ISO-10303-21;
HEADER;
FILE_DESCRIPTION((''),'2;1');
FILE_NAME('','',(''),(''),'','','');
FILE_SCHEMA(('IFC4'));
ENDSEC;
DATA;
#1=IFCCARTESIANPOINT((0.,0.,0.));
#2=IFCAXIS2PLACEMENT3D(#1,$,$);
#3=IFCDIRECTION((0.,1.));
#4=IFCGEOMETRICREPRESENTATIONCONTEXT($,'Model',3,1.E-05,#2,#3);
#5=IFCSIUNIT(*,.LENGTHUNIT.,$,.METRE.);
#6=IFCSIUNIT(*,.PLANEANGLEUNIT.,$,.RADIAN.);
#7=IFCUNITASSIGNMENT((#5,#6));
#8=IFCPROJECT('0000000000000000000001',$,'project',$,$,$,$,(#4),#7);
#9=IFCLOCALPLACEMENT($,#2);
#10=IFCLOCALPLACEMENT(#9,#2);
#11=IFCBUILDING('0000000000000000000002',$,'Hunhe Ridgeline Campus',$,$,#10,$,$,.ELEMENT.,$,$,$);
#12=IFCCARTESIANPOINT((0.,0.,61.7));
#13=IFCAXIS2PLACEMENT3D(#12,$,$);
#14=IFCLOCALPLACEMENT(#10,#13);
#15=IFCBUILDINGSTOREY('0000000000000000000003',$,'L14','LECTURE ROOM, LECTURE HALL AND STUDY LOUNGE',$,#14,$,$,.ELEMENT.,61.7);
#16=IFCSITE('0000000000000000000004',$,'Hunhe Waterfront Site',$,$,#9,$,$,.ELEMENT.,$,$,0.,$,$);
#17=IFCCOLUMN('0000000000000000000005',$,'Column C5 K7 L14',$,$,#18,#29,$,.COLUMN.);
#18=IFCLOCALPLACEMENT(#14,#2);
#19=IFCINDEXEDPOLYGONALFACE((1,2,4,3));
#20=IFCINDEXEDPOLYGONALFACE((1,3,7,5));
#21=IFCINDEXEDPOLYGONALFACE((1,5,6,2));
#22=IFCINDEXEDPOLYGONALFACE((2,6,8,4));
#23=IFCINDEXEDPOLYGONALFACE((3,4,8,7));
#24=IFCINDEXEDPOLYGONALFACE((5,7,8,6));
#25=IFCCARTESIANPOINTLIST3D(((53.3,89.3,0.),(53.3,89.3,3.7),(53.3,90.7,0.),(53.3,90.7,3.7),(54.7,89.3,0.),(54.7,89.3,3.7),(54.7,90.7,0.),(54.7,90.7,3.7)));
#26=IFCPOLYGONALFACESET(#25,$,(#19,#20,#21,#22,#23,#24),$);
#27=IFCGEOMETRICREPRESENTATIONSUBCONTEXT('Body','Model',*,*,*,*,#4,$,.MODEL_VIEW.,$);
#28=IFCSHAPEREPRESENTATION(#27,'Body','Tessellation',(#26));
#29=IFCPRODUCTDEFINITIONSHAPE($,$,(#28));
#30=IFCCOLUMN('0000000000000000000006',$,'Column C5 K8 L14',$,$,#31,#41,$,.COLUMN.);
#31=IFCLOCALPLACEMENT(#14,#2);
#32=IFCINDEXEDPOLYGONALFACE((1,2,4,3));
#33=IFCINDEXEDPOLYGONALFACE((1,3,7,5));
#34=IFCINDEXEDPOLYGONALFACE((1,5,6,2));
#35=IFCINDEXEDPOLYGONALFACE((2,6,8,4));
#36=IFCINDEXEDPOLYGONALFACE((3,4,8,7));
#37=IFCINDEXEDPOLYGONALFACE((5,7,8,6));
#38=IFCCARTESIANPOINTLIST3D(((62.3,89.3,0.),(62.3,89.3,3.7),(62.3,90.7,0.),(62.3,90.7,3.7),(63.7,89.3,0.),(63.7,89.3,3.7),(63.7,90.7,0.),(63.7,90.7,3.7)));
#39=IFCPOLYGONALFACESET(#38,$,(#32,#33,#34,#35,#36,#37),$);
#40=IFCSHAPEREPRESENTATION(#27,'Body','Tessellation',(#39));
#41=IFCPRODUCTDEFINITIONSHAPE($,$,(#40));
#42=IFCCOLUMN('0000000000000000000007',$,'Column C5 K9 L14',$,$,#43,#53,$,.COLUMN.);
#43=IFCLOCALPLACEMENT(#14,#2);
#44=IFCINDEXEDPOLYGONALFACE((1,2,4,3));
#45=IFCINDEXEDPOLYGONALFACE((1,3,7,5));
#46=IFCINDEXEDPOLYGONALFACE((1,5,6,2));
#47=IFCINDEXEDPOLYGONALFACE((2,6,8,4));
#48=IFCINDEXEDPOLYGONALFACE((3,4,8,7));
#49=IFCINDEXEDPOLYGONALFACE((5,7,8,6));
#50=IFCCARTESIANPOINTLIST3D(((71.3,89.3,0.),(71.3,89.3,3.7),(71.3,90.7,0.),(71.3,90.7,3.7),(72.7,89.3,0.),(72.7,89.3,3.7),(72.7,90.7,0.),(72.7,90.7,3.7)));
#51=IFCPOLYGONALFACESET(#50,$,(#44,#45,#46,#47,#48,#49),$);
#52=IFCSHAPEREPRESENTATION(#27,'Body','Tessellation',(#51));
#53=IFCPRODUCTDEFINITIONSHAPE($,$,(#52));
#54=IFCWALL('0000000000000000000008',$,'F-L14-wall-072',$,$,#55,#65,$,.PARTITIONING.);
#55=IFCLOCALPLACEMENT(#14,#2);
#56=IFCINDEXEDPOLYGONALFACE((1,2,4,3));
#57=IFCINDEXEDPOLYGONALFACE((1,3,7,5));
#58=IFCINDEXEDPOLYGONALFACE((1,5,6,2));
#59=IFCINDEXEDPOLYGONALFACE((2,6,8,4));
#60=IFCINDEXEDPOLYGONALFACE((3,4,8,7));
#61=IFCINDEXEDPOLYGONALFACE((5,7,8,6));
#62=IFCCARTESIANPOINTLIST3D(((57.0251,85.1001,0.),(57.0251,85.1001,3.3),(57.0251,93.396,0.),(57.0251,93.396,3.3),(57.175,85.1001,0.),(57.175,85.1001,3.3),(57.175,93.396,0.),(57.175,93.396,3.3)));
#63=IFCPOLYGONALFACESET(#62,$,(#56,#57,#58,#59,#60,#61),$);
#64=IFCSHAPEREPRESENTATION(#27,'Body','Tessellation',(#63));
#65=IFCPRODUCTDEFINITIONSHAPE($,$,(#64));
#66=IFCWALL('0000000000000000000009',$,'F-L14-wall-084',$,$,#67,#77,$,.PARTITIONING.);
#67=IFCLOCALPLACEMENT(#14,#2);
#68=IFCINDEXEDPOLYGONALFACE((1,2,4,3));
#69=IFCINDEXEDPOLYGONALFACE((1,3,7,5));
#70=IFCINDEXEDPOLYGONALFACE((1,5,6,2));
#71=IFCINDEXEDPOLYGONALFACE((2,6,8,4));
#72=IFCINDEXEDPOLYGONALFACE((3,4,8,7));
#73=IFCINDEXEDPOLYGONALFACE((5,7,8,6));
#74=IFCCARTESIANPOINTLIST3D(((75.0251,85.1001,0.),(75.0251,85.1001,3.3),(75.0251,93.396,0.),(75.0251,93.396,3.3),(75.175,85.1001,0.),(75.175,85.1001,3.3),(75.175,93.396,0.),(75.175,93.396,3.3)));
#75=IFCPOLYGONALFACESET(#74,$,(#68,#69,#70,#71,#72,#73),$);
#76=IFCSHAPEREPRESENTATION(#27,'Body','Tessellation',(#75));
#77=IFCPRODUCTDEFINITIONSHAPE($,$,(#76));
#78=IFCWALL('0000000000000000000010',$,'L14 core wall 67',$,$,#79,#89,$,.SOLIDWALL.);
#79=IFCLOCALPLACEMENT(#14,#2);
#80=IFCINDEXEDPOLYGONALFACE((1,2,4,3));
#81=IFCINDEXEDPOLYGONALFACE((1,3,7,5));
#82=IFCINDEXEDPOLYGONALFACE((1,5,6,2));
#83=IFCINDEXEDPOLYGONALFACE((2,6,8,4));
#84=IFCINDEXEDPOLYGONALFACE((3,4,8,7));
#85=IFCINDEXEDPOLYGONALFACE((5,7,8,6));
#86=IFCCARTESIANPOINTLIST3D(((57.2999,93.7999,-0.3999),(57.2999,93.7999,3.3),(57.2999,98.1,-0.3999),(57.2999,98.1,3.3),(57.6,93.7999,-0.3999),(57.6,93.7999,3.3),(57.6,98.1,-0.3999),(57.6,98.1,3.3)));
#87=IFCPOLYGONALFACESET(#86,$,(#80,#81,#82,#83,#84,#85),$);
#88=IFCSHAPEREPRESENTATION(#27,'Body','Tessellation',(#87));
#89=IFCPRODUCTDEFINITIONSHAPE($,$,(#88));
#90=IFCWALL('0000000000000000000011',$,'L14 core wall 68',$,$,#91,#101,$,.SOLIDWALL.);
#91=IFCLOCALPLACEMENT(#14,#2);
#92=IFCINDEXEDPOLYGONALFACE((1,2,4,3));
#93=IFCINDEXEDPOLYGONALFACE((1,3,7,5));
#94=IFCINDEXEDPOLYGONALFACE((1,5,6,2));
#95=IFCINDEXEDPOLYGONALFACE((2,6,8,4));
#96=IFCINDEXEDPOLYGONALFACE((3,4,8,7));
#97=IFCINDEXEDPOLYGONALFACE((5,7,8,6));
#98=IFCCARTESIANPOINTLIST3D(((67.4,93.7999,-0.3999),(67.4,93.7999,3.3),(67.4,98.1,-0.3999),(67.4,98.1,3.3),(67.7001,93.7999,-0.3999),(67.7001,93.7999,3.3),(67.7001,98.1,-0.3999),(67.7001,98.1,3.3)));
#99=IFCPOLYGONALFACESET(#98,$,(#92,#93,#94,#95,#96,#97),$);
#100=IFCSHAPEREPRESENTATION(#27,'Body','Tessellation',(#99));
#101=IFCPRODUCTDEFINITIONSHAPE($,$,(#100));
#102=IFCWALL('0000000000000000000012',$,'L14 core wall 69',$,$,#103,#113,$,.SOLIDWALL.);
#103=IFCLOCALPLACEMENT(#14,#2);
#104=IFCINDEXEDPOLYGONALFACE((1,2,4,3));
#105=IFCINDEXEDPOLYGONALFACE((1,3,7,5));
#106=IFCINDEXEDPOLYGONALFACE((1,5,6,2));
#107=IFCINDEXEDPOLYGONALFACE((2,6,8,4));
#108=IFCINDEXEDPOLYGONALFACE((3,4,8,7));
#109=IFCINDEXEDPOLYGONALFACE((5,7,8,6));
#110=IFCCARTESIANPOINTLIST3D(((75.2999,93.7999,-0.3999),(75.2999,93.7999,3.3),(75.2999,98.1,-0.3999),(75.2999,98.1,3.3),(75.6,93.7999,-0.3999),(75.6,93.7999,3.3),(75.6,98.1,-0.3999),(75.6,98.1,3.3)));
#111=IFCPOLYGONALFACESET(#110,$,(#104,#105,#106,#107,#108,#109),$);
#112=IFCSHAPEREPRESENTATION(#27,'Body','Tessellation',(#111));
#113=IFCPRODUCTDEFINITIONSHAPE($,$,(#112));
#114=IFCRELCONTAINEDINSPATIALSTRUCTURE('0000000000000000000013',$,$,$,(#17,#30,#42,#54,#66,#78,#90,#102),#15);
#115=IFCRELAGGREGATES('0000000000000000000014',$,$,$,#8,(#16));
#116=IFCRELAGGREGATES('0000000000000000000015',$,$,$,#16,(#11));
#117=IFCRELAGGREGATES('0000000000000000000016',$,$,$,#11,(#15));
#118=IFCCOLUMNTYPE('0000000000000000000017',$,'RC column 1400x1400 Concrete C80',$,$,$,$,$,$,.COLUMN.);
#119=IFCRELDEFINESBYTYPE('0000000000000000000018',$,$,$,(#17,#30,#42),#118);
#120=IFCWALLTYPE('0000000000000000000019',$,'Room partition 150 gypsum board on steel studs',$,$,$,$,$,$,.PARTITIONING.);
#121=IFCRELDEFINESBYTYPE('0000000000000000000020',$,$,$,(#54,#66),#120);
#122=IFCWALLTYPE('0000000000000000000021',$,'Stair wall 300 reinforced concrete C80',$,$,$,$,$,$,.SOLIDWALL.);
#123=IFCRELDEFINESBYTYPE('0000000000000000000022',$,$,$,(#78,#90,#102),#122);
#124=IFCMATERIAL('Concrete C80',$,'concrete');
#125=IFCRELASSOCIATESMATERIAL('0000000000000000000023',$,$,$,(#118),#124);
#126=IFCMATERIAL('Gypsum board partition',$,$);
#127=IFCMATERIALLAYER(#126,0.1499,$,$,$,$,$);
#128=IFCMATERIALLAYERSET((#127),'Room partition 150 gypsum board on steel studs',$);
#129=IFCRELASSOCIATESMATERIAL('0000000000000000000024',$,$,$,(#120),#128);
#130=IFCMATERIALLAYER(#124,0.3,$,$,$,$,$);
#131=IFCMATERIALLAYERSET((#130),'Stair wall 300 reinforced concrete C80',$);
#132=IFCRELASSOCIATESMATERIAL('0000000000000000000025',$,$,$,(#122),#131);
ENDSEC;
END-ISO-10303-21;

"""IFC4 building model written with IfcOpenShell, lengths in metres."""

from ifc_helpers import new_model, si_unit, direction, frame, frame_2d, origin, origin_2d, place, context, subcontext, project, spatial, rectangle, extrude, material, layer, layer_set, material_profile, profile_set, type_object, element, save


model = new_model("IFC4")

# Units and contexts
model_context = context("Model", 3, precision=1e-05, world=origin(), true_north=direction((0.0, 1.0)))
body_context = subcontext(model_context, "Body", "Model", "MODEL_VIEW")
ifc_project = project(units=[si_unit("LENGTHUNIT", "METRE"), si_unit("PLANEANGLEUNIT", "RADIAN")], contexts=[model_context])

# Site, building, storey
site_placement = place(None, origin())
site = spatial("IfcSite", under=ifc_project, at=site_placement, Name="Hunhe Waterfront Site", CompositionType="ELEMENT", RefElevation=0.0)
building_placement = place(site_placement, origin())
building = spatial("IfcBuilding", under=site, at=building_placement, Name="Hunhe Ridgeline Campus", CompositionType="ELEMENT")
storey_placement = place(building_placement, frame((0.0, 0.0, 61.7)))
storey = spatial("IfcBuildingStorey", under=building, at=storey_placement, Name="L14", Description="LECTURE ROOM, LECTURE HALL AND STUDY LOUNGE", CompositionType="ELEMENT", Elevation=61.7)

# Columns
ifc_material_1 = material(Name="Concrete C80", Category="concrete")
ifc_material_profile = material_profile(ifc_material_1, rectangle(XDim=1.3999, YDim=1.3999, at=origin_2d()))
ifc_profile_set = profile_set([ifc_material_profile], Name="Concrete C80")
column_type = type_object("IfcColumnType", Name="RC column 1400x1400 Concrete C80", PredefinedType="COLUMN", material=ifc_profile_set)
for number, where, z_axis, x_axis, name in (
    (1, (54.0, 90.0, 0.0), (0.0, 0.0, 1.0), (1.0, 0.0, 0.0), "Column C5 K7 L14"),
    (2, (63.0, 90.0, 0.0), (0.0, 0.0, 1.0), (1.0, 0.0, 0.0), "Column C5 K8 L14"),
    (3, (72.0, 90.0, 0.0), (0.0, 0.0, 1.0), (1.0, 0.0, 0.0), "Column C5 K9 L14"),
):
    element("IfcColumn", number, at=place(storey_placement, frame(where, z_axis=z_axis, x_axis=x_axis)), inside=storey, type_object=column_type, Name=name, PredefinedType="COLUMN", context=body_context, shape_type="SweptSolid", body=[
        extrude(rectangle(XDim=1.3999, YDim=1.3999, at=origin_2d()), origin(), (0.0, 0.0, 1.0), 3.7),
    ])

# Shared definitions
ifc_material_2 = material(Name="Gypsum board partition")

# Walls
ifc_layer_1 = layer(ifc_material_2, 0.1499)
ifc_layer_set_1 = layer_set([ifc_layer_1], Name="Room partition 150 gypsum board on steel studs")
wall_type_1 = type_object("IfcWallType", Name="Room partition 150 gypsum board on steel studs", PredefinedType="PARTITIONING", material=ifc_layer_set_1)
for number, where, z_axis, x_axis, name in (
    (4, (57.1001, 93.396, 0.0), (0.0, 0.0, 1.0), (0.0, -1.0, 0.0), "F-L14-wall-072"),
    (5, (75.1001, 93.396, 0.0), (0.0, 0.0, 1.0), (0.0, -1.0, 0.0), "F-L14-wall-084"),
):
    element("IfcWall", number, at=place(storey_placement, frame(where, z_axis=z_axis, x_axis=x_axis)), inside=storey, type_object=wall_type_1, Name=name, PredefinedType="PARTITIONING", context=body_context, shape_type="SweptSolid", body=[
        extrude(rectangle(XDim=8.2959, YDim=0.1499, at=frame_2d((4.1479, 0.0))), origin(), (0.0, 0.0, 1.0), 3.3),
    ])

# Shared definitions
ifc_layer_2 = layer(ifc_material_1, 0.3)
ifc_layer_set_2 = layer_set([ifc_layer_2], Name="Stair wall 300 reinforced concrete C80")
wall_type_2 = type_object("IfcWallType", Name="Stair wall 300 reinforced concrete C80", PredefinedType="SOLIDWALL", material=ifc_layer_set_2)

# Walls
for number, where, z_axis, x_axis, name in (
    (6, (57.45, 93.8, -0.3999), (0.0, 0.0, 1.0), (0.0, 1.0, 0.0), "L14 core wall 67"),
    (7, (67.55, 93.8, -0.3999), (0.0, 0.0, 1.0), (0.0, 1.0, 0.0), "L14 core wall 68"),
    (8, (75.45, 93.8, -0.3999), (0.0, 0.0, 1.0), (0.0, 1.0, 0.0), "L14 core wall 69"),
):
    element("IfcWall", number, at=place(storey_placement, frame(where, z_axis=z_axis, x_axis=x_axis)), inside=storey, type_object=wall_type_2, Name=name, PredefinedType="SOLIDWALL", context=body_context, shape_type="SweptSolid", body=[
        extrude(rectangle(XDim=4.3, YDim=0.3, at=frame_2d((2.1499, 0.0))), origin(), (0.0, 0.0, 1.0), 3.7),
    ])

save(model, "model.ifc")
